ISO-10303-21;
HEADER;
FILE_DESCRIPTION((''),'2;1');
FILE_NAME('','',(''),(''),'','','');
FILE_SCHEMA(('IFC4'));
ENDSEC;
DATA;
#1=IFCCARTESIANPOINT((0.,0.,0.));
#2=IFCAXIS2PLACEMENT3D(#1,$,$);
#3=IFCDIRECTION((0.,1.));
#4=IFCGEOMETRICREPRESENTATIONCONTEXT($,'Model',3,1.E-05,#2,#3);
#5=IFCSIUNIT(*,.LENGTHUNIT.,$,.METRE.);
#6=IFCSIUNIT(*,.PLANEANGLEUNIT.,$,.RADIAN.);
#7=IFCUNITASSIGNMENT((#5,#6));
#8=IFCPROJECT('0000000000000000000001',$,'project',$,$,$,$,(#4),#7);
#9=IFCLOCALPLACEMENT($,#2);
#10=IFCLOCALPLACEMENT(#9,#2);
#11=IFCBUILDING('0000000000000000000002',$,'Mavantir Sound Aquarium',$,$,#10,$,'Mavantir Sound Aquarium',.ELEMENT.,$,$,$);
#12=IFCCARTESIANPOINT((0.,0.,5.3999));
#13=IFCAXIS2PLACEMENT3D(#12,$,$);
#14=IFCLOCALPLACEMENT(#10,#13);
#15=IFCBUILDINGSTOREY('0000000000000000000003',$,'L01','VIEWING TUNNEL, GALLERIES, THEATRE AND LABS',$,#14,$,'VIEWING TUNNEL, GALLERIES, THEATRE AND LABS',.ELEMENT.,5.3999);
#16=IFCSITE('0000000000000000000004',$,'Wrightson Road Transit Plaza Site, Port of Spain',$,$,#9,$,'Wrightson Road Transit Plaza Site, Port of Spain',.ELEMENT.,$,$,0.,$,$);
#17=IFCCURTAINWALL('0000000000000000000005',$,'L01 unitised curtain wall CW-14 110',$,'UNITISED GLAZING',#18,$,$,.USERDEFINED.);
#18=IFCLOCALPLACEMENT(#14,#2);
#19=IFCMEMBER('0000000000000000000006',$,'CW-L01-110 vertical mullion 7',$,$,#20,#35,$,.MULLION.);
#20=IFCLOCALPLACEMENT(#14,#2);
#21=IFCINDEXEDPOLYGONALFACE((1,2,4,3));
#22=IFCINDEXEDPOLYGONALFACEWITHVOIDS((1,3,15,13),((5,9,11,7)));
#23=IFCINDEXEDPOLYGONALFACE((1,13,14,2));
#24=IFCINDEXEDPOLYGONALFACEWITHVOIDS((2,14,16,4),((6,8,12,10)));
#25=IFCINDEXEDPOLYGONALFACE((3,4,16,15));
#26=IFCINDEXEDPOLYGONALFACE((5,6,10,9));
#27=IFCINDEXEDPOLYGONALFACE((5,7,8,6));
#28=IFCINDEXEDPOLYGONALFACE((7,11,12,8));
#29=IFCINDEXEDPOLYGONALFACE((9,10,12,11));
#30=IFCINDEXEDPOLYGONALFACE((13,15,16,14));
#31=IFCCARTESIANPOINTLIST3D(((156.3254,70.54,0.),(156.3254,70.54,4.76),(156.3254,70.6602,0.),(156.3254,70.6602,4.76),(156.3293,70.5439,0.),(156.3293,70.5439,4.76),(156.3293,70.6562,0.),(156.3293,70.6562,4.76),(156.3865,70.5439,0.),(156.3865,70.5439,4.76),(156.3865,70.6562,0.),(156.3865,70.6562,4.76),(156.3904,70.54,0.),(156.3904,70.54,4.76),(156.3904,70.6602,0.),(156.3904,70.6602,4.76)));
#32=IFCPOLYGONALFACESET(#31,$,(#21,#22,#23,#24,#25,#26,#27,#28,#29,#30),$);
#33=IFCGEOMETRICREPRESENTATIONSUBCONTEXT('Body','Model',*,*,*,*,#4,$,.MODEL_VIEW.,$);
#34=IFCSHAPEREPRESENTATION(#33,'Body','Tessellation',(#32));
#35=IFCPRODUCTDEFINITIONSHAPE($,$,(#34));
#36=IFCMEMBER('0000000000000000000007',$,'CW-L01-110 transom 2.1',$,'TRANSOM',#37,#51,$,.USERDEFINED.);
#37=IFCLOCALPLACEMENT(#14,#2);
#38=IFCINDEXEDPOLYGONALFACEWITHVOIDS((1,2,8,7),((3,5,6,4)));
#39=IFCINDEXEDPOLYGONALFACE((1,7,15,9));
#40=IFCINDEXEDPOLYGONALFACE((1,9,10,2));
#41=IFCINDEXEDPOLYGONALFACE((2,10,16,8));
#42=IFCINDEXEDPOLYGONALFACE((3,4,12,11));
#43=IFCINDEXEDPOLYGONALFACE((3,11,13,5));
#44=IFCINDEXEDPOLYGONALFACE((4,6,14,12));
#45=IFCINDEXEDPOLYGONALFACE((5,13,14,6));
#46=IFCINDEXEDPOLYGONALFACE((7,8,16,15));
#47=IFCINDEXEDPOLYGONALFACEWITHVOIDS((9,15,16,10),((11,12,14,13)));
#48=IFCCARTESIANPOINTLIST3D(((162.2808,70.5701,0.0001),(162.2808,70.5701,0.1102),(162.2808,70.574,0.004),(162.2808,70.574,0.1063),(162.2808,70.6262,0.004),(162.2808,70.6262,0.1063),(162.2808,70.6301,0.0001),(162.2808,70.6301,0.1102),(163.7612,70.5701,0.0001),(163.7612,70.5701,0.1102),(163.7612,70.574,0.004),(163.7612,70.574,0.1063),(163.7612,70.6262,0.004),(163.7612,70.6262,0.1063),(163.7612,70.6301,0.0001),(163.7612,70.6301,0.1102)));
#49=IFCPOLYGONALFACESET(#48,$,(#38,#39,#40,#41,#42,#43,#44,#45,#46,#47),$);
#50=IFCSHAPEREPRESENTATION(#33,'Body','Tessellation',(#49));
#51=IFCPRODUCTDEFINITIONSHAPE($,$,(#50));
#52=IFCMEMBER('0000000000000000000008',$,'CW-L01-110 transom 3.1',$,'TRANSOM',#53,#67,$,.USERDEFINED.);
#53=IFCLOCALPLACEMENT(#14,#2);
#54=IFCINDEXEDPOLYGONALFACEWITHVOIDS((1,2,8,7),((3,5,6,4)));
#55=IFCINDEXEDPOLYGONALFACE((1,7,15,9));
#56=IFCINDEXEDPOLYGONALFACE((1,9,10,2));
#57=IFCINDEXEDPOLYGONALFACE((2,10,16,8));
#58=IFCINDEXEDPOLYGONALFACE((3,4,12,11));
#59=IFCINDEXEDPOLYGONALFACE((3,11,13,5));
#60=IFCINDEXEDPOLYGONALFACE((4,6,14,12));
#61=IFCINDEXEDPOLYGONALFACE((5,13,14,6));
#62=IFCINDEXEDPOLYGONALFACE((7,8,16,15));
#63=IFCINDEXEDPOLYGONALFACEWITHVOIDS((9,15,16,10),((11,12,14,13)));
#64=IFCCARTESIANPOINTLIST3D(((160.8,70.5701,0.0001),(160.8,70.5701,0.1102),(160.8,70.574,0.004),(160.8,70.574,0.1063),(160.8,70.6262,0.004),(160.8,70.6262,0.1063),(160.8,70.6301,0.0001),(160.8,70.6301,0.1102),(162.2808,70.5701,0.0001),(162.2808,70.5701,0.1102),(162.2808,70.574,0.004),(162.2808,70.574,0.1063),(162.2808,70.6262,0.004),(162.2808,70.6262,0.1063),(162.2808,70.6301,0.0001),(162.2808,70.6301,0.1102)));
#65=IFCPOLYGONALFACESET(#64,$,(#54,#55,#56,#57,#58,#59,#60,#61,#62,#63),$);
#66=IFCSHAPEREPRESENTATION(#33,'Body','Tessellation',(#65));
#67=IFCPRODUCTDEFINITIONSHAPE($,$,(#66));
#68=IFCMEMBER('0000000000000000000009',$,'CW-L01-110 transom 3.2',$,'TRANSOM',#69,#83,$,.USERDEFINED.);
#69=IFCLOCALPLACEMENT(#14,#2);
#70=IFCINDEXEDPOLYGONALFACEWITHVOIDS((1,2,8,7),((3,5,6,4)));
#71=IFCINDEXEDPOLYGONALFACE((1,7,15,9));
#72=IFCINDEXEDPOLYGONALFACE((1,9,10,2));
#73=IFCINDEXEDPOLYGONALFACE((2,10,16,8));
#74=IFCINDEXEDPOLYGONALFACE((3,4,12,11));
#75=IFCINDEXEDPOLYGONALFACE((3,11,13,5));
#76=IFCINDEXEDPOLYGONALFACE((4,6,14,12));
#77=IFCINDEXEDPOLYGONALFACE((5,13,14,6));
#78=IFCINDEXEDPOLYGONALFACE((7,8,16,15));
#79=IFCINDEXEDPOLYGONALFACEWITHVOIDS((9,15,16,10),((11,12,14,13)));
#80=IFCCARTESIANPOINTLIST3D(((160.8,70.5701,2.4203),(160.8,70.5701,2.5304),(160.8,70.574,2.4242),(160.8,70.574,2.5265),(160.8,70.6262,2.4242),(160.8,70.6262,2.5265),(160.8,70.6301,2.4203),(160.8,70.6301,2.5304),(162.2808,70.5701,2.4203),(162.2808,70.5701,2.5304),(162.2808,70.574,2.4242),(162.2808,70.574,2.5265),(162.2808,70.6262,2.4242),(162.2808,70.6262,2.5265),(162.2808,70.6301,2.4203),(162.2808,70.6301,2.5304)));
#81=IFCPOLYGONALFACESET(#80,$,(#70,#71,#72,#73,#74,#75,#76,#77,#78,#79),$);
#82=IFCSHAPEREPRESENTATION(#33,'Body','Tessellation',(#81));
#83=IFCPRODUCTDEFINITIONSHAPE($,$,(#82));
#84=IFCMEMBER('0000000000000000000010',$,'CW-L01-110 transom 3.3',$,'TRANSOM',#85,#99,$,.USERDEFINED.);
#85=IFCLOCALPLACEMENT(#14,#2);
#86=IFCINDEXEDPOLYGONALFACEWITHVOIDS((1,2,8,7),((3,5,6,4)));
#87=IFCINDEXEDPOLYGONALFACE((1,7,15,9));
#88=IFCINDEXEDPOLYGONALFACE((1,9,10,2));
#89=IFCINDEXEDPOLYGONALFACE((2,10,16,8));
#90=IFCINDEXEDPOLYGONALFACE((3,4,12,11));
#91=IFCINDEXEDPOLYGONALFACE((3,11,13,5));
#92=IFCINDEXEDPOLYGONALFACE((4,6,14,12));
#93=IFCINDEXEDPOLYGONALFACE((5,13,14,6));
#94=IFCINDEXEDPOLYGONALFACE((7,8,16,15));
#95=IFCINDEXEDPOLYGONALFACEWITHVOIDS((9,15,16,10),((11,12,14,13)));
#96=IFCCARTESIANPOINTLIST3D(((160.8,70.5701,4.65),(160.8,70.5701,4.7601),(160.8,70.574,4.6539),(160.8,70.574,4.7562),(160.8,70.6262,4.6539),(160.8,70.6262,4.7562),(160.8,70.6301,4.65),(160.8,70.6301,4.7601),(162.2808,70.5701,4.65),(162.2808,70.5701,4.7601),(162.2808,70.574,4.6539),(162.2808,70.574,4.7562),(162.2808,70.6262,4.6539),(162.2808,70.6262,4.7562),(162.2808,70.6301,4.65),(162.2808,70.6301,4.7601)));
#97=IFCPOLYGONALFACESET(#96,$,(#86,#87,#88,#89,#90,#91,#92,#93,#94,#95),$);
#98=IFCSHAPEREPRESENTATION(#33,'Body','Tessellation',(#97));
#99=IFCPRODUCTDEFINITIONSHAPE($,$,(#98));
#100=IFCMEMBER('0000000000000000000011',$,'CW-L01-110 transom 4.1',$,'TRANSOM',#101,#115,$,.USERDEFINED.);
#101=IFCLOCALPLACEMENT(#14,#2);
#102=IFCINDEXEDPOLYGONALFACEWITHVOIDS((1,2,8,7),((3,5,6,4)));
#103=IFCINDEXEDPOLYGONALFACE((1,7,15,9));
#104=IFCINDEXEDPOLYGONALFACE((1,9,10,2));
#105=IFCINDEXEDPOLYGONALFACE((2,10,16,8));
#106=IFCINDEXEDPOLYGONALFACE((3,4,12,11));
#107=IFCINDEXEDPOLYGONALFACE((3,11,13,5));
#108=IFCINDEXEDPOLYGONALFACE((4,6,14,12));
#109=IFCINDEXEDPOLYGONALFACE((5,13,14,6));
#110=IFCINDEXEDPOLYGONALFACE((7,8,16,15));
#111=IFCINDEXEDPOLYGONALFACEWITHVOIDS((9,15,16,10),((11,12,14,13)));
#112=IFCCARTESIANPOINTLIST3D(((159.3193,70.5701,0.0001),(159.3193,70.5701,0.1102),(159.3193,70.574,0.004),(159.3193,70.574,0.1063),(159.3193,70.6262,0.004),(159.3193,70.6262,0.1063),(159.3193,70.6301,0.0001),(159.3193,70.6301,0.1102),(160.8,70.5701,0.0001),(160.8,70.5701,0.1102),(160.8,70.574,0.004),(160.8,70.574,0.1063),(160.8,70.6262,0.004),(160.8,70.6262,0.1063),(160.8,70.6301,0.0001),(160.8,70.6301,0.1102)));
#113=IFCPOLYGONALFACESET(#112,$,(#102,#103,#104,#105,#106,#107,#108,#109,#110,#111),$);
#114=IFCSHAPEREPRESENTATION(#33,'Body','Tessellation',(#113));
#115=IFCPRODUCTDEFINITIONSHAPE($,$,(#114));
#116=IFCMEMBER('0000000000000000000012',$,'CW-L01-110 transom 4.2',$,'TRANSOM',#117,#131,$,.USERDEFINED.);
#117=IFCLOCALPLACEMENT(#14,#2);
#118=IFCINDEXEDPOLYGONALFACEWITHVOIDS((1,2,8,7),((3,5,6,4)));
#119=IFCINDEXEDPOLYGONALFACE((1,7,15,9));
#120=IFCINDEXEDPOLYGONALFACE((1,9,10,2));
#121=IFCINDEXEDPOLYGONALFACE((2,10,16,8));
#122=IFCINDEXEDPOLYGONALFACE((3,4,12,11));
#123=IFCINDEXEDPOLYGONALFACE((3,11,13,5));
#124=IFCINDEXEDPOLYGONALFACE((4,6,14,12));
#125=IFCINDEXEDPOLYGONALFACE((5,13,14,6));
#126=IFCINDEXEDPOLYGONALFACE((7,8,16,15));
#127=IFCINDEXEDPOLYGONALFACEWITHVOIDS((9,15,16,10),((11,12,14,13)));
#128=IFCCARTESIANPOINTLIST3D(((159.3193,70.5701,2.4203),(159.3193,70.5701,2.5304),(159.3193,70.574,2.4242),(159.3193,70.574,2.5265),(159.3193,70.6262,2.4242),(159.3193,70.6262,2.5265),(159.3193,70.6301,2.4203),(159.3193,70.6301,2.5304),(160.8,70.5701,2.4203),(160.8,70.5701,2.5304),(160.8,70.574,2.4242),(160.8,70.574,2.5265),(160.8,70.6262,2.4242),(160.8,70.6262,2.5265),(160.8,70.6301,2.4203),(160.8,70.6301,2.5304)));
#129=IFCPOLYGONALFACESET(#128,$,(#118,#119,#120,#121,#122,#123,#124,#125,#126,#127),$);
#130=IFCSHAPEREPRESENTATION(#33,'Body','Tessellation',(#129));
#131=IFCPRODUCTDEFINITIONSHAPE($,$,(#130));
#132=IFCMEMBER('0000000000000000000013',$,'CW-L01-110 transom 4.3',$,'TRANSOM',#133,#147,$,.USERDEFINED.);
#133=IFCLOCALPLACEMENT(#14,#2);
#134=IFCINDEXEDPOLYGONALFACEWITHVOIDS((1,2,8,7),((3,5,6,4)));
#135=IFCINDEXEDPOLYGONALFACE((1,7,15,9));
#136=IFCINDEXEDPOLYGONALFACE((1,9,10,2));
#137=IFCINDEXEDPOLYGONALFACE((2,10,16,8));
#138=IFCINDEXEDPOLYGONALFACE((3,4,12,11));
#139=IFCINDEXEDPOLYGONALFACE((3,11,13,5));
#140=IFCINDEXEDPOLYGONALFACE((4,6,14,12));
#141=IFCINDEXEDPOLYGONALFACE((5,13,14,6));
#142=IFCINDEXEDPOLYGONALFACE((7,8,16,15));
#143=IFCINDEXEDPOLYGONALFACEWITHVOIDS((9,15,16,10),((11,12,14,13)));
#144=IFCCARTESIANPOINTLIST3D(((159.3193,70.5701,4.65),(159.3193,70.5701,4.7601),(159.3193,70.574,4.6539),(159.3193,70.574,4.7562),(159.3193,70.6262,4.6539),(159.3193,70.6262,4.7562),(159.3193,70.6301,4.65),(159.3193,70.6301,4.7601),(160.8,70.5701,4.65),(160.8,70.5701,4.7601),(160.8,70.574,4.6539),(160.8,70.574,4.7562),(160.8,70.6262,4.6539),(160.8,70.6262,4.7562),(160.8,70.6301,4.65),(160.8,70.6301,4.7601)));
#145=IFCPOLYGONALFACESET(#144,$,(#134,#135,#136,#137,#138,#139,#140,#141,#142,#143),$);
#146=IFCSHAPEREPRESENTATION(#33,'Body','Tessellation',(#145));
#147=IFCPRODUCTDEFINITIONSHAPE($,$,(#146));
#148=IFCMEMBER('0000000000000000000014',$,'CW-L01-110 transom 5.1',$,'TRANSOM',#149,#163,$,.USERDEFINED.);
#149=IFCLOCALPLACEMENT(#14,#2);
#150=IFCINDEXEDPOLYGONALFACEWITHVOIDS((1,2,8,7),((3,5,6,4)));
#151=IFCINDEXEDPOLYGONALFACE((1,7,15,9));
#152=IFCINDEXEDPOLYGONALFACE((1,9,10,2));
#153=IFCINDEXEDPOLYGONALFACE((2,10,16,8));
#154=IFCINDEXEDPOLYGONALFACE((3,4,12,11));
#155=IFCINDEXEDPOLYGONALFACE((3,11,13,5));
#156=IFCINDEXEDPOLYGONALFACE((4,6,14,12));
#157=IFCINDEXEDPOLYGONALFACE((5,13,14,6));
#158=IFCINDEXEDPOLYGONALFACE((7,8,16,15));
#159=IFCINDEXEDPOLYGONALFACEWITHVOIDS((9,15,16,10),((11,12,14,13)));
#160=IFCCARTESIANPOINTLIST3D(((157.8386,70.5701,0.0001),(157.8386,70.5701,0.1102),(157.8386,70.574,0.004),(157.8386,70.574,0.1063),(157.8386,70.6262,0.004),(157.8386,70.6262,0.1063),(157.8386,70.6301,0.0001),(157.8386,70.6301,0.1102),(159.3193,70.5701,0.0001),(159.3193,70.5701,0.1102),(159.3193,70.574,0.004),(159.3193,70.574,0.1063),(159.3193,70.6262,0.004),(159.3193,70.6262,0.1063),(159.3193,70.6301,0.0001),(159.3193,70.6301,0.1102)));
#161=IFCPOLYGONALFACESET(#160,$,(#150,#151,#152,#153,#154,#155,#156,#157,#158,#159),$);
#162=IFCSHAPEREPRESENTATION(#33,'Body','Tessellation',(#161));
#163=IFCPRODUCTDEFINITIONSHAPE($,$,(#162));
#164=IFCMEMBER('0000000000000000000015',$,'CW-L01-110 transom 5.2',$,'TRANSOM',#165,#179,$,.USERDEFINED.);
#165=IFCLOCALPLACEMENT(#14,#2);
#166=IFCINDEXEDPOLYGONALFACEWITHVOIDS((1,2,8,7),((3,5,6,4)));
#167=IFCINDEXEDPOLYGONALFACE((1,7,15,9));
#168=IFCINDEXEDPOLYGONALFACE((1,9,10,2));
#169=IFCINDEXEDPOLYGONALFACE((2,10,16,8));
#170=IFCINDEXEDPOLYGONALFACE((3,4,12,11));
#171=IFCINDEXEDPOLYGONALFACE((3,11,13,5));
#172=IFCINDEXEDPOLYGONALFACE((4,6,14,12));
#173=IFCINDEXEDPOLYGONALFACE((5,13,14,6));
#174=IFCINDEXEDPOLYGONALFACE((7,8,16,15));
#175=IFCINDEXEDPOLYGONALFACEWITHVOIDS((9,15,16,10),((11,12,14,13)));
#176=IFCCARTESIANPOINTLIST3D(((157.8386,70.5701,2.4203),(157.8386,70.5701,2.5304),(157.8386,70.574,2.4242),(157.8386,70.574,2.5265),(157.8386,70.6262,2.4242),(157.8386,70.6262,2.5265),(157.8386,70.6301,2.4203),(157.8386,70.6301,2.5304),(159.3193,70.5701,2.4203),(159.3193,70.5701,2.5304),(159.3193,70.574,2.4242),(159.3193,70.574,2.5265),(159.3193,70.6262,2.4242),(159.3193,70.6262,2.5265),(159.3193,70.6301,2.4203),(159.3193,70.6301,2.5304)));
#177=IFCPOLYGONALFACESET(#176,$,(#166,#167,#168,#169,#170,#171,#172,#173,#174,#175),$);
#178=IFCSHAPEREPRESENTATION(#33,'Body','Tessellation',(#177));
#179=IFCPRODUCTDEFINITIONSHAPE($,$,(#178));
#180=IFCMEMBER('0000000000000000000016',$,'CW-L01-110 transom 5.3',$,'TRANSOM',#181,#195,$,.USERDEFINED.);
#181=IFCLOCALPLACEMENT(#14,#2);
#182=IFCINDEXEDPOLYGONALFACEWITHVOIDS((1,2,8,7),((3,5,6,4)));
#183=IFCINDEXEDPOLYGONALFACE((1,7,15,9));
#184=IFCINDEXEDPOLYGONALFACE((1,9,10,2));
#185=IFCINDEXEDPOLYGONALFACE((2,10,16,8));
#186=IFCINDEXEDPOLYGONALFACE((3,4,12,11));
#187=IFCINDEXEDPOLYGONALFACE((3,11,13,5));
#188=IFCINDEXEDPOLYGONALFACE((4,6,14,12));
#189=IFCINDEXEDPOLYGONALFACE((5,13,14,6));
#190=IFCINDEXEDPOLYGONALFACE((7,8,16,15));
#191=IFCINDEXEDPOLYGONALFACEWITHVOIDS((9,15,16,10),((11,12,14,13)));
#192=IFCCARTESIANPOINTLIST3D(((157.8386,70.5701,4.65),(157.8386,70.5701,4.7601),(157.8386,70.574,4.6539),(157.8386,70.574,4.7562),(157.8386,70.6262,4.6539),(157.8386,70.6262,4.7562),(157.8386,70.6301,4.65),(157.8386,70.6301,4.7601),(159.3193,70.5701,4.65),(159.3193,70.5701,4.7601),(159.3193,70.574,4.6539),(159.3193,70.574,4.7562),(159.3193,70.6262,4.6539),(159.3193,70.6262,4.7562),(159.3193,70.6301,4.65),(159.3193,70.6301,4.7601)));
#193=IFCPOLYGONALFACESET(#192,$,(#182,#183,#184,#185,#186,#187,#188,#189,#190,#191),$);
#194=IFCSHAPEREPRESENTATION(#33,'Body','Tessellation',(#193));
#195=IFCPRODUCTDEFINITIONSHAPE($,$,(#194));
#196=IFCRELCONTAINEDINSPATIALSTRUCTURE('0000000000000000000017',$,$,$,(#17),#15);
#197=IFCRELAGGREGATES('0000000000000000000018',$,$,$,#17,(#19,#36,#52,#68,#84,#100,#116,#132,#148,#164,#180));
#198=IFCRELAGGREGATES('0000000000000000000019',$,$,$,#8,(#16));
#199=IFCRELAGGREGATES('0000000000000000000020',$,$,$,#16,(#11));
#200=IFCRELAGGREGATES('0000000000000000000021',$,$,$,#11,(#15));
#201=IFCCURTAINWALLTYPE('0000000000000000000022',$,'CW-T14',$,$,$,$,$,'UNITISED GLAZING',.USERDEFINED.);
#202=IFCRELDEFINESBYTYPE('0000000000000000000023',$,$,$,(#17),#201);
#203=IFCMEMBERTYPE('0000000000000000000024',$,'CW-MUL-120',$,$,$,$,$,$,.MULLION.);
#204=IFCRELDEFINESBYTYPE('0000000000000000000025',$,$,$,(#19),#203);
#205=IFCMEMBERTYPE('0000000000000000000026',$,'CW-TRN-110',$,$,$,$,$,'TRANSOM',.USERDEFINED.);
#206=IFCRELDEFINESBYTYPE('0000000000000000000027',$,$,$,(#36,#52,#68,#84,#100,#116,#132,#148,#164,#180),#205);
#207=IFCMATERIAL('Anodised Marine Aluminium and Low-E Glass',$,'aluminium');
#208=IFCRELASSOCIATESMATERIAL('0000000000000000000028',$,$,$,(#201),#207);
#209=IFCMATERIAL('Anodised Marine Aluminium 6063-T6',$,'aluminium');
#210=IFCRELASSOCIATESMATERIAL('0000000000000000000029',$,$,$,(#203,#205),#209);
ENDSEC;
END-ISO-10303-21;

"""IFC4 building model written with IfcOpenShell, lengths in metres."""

from ifc_helpers import new_model, si_unit, direction, frame, origin, origin_2d, place, context, subcontext, project, spatial, hollow_rectangle, extrude, material, material_profile, profile_set, type_object, element, aggregate, save


model = new_model("IFC4")

# Units and contexts
model_context = context("Model", 3, precision=1e-05, world=origin(), true_north=direction((0.0, 1.0)))
body_context = subcontext(model_context, "Body", "Model", "MODEL_VIEW")
ifc_project = project(units=[si_unit("LENGTHUNIT", "METRE"), si_unit("PLANEANGLEUNIT", "RADIAN")], contexts=[model_context])

# Site, building, storey
site_placement = place(None, origin())
site = spatial("IfcSite", under=ifc_project, at=site_placement, Name="Wrightson Road Transit Plaza Site, Port of Spain", LongName="Wrightson Road Transit Plaza Site, Port of Spain", CompositionType="ELEMENT", RefElevation=0.0)
building_placement = place(site_placement, origin())
building = spatial("IfcBuilding", under=site, at=building_placement, Name="Mavantir Sound Aquarium", LongName="Mavantir Sound Aquarium", CompositionType="ELEMENT")
storey_placement = place(building_placement, frame((0.0, 0.0, 5.3999)))
storey = spatial("IfcBuildingStorey", under=building, at=storey_placement, Name="L01", Description="VIEWING TUNNEL, GALLERIES, THEATRE AND LABS", LongName="VIEWING TUNNEL, GALLERIES, THEATRE AND LABS", CompositionType="ELEMENT", Elevation=5.3999)

# Curtain wall, members
ifc_material_1 = material(Name="Anodised Marine Aluminium and Low-E Glass", Category="aluminium")
curtain_wall_type = type_object("IfcCurtainWallType", Name="CW-T14", ElementType="UNITISED GLAZING", PredefinedType="USERDEFINED", material=ifc_material_1)
curtain_wall_placement = place(storey_placement, origin())
curtain_wall = element("IfcCurtainWall", 1, at=curtain_wall_placement, inside=storey, type_object=curtain_wall_type, Name="L01 unitised curtain wall CW-14 110", ObjectType="UNITISED GLAZING", PredefinedType="USERDEFINED")
ifc_material_2 = material(Name="Anodised Marine Aluminium 6063-T6", Category="aluminium")
ifc_material_profile_1 = material_profile(ifc_material_2, hollow_rectangle(XDim=0.0649, YDim=0.1201, WallThickness=0.0039, at=origin_2d()), Name="ALU-MULLION-120X65")
ifc_profile_set_1 = profile_set([ifc_material_profile_1], Name="Anodised Marine Aluminium 6063-T6")
member_type_1 = type_object("IfcMemberType", Name="CW-MUL-120", PredefinedType="MULLION", material=ifc_profile_set_1)
member_1_placement = place(storey_placement, frame((156.3579, 70.6001, 0.0), z_axis=(0.0, 0.0, 1.0), x_axis=(1.0, 0.0, 0.0)))
member_1 = element("IfcMember", 2, at=member_1_placement, type_object=member_type_1, Name="CW-L01-110 vertical mullion 7", PredefinedType="MULLION", context=body_context, shape_type="SweptSolid", body=[
    extrude(hollow_rectangle(XDim=0.0649, YDim=0.1201, WallThickness=0.0039, at=origin_2d()), origin(), (0.0, 0.0, 1.0), 4.76),
])
ifc_material_profile_2 = material_profile(ifc_material_2, hollow_rectangle(XDim=0.0601, YDim=0.1101, WallThickness=0.0039, at=origin_2d()), Name="ALU-TRANSOM-110X60")
ifc_profile_set_2 = profile_set([ifc_material_profile_2], Name="Anodised Marine Aluminium 6063-T6")
member_type_2 = type_object("IfcMemberType", Name="CW-TRN-110", ElementType="TRANSOM", PredefinedType="USERDEFINED", material=ifc_profile_set_2)
member_2_placement = place(storey_placement, frame((163.7612, 70.6001, 0.0552), z_axis=(-1.0, 0.0, 0.0), x_axis=(0.0, -1.0, 0.0)))
member_2 = element("IfcMember", 3, at=member_2_placement, type_object=member_type_2, Name="CW-L01-110 transom 2.1", ObjectType="TRANSOM", PredefinedType="USERDEFINED", context=body_context, shape_type="SweptSolid", body=[
    extrude(hollow_rectangle(XDim=0.0601, YDim=0.1101, WallThickness=0.0039, at=origin_2d()), origin(), (0.0, 0.0, 1.0), 1.4805),
])
member_3_placement = place(storey_placement, frame((162.2808, 70.6001, 0.0552), z_axis=(-1.0, 0.0, 0.0), x_axis=(0.0, -1.0, 0.0)))
member_3 = element("IfcMember", 4, at=member_3_placement, type_object=member_type_2, Name="CW-L01-110 transom 3.1", ObjectType="TRANSOM", PredefinedType="USERDEFINED", context=body_context, shape_type="SweptSolid", body=[
    extrude(hollow_rectangle(XDim=0.0601, YDim=0.1101, WallThickness=0.0039, at=origin_2d()), origin(), (0.0, 0.0, 1.0), 1.4807),
])
member_4_placement = place(storey_placement, frame((162.2808, 70.6001, 2.4753), z_axis=(-1.0, 0.0, 0.0), x_axis=(0.0, -1.0, 0.0)))
member_4 = element("IfcMember", 5, at=member_4_placement, type_object=member_type_2, Name="CW-L01-110 transom 3.2", ObjectType="TRANSOM", PredefinedType="USERDEFINED", context=body_context, shape_type="SweptSolid", body=[
    extrude(hollow_rectangle(XDim=0.0601, YDim=0.1101, WallThickness=0.0039, at=origin_2d()), origin(), (0.0, 0.0, 1.0), 1.4807),
])
member_5_placement = place(storey_placement, frame((162.2808, 70.6001, 4.7051), z_axis=(-1.0, 0.0, 0.0), x_axis=(0.0, -1.0, 0.0)))
member_5 = element("IfcMember", 6, at=member_5_placement, type_object=member_type_2, Name="CW-L01-110 transom 3.3", ObjectType="TRANSOM", PredefinedType="USERDEFINED", context=body_context, shape_type="SweptSolid", body=[
    extrude(hollow_rectangle(XDim=0.0601, YDim=0.1101, WallThickness=0.0039, at=origin_2d()), origin(), (0.0, 0.0, 1.0), 1.4807),
])
member_6_placement = place(storey_placement, frame((160.8, 70.6001, 0.0552), z_axis=(-1.0, 0.0, 0.0), x_axis=(0.0, -1.0, 0.0)))
member_6 = element("IfcMember", 7, at=member_6_placement, type_object=member_type_2, Name="CW-L01-110 transom 4.1", ObjectType="TRANSOM", PredefinedType="USERDEFINED", context=body_context, shape_type="SweptSolid", body=[
    extrude(hollow_rectangle(XDim=0.0601, YDim=0.1101, WallThickness=0.0039, at=origin_2d()), origin(), (0.0, 0.0, 1.0), 1.4807),
])
member_7_placement = place(storey_placement, frame((160.8, 70.6001, 2.4753), z_axis=(-1.0, 0.0, 0.0), x_axis=(0.0, -1.0, 0.0)))
member_7 = element("IfcMember", 8, at=member_7_placement, type_object=member_type_2, Name="CW-L01-110 transom 4.2", ObjectType="TRANSOM", PredefinedType="USERDEFINED", context=body_context, shape_type="SweptSolid", body=[
    extrude(hollow_rectangle(XDim=0.0601, YDim=0.1101, WallThickness=0.0039, at=origin_2d()), origin(), (0.0, 0.0, 1.0), 1.4807),
])
member_8_placement = place(storey_placement, frame((160.8, 70.6001, 4.7051), z_axis=(-1.0, 0.0, 0.0), x_axis=(0.0, -1.0, 0.0)))
member_8 = element("IfcMember", 9, at=member_8_placement, type_object=member_type_2, Name="CW-L01-110 transom 4.3", ObjectType="TRANSOM", PredefinedType="USERDEFINED", context=body_context, shape_type="SweptSolid", body=[
    extrude(hollow_rectangle(XDim=0.0601, YDim=0.1101, WallThickness=0.0039, at=origin_2d()), origin(), (0.0, 0.0, 1.0), 1.4807),
])
member_9_placement = place(storey_placement, frame((159.3193, 70.6001, 0.0552), z_axis=(-1.0, 0.0, 0.0), x_axis=(0.0, -1.0, 0.0)))
member_9 = element("IfcMember", 10, at=member_9_placement, type_object=member_type_2, Name="CW-L01-110 transom 5.1", ObjectType="TRANSOM", PredefinedType="USERDEFINED", context=body_context, shape_type="SweptSolid", body=[
    extrude(hollow_rectangle(XDim=0.0601, YDim=0.1101, WallThickness=0.0039, at=origin_2d()), origin(), (0.0, 0.0, 1.0), 1.4807),
])
member_10_placement = place(storey_placement, frame((159.3193, 70.6001, 2.4753), z_axis=(-1.0, 0.0, 0.0), x_axis=(0.0, -1.0, 0.0)))
member_10 = element("IfcMember", 11, at=member_10_placement, type_object=member_type_2, Name="CW-L01-110 transom 5.2", ObjectType="TRANSOM", PredefinedType="USERDEFINED", context=body_context, shape_type="SweptSolid", body=[
    extrude(hollow_rectangle(XDim=0.0601, YDim=0.1101, WallThickness=0.0039, at=origin_2d()), origin(), (0.0, 0.0, 1.0), 1.4807),
])
member_11_placement = place(storey_placement, frame((159.3193, 70.6001, 4.7051), z_axis=(-1.0, 0.0, 0.0), x_axis=(0.0, -1.0, 0.0)))
member_11 = element("IfcMember", 12, at=member_11_placement, type_object=member_type_2, Name="CW-L01-110 transom 5.3", ObjectType="TRANSOM", PredefinedType="USERDEFINED", context=body_context, shape_type="SweptSolid", body=[
    extrude(hollow_rectangle(XDim=0.0601, YDim=0.1101, WallThickness=0.0039, at=origin_2d()), origin(), (0.0, 0.0, 1.0), 1.4807),
])
aggregate(curtain_wall, [member_1, member_2, member_3, member_4, member_5, member_6, member_7, member_8, member_9, member_10, member_11])

save(model, "model.ifc")
